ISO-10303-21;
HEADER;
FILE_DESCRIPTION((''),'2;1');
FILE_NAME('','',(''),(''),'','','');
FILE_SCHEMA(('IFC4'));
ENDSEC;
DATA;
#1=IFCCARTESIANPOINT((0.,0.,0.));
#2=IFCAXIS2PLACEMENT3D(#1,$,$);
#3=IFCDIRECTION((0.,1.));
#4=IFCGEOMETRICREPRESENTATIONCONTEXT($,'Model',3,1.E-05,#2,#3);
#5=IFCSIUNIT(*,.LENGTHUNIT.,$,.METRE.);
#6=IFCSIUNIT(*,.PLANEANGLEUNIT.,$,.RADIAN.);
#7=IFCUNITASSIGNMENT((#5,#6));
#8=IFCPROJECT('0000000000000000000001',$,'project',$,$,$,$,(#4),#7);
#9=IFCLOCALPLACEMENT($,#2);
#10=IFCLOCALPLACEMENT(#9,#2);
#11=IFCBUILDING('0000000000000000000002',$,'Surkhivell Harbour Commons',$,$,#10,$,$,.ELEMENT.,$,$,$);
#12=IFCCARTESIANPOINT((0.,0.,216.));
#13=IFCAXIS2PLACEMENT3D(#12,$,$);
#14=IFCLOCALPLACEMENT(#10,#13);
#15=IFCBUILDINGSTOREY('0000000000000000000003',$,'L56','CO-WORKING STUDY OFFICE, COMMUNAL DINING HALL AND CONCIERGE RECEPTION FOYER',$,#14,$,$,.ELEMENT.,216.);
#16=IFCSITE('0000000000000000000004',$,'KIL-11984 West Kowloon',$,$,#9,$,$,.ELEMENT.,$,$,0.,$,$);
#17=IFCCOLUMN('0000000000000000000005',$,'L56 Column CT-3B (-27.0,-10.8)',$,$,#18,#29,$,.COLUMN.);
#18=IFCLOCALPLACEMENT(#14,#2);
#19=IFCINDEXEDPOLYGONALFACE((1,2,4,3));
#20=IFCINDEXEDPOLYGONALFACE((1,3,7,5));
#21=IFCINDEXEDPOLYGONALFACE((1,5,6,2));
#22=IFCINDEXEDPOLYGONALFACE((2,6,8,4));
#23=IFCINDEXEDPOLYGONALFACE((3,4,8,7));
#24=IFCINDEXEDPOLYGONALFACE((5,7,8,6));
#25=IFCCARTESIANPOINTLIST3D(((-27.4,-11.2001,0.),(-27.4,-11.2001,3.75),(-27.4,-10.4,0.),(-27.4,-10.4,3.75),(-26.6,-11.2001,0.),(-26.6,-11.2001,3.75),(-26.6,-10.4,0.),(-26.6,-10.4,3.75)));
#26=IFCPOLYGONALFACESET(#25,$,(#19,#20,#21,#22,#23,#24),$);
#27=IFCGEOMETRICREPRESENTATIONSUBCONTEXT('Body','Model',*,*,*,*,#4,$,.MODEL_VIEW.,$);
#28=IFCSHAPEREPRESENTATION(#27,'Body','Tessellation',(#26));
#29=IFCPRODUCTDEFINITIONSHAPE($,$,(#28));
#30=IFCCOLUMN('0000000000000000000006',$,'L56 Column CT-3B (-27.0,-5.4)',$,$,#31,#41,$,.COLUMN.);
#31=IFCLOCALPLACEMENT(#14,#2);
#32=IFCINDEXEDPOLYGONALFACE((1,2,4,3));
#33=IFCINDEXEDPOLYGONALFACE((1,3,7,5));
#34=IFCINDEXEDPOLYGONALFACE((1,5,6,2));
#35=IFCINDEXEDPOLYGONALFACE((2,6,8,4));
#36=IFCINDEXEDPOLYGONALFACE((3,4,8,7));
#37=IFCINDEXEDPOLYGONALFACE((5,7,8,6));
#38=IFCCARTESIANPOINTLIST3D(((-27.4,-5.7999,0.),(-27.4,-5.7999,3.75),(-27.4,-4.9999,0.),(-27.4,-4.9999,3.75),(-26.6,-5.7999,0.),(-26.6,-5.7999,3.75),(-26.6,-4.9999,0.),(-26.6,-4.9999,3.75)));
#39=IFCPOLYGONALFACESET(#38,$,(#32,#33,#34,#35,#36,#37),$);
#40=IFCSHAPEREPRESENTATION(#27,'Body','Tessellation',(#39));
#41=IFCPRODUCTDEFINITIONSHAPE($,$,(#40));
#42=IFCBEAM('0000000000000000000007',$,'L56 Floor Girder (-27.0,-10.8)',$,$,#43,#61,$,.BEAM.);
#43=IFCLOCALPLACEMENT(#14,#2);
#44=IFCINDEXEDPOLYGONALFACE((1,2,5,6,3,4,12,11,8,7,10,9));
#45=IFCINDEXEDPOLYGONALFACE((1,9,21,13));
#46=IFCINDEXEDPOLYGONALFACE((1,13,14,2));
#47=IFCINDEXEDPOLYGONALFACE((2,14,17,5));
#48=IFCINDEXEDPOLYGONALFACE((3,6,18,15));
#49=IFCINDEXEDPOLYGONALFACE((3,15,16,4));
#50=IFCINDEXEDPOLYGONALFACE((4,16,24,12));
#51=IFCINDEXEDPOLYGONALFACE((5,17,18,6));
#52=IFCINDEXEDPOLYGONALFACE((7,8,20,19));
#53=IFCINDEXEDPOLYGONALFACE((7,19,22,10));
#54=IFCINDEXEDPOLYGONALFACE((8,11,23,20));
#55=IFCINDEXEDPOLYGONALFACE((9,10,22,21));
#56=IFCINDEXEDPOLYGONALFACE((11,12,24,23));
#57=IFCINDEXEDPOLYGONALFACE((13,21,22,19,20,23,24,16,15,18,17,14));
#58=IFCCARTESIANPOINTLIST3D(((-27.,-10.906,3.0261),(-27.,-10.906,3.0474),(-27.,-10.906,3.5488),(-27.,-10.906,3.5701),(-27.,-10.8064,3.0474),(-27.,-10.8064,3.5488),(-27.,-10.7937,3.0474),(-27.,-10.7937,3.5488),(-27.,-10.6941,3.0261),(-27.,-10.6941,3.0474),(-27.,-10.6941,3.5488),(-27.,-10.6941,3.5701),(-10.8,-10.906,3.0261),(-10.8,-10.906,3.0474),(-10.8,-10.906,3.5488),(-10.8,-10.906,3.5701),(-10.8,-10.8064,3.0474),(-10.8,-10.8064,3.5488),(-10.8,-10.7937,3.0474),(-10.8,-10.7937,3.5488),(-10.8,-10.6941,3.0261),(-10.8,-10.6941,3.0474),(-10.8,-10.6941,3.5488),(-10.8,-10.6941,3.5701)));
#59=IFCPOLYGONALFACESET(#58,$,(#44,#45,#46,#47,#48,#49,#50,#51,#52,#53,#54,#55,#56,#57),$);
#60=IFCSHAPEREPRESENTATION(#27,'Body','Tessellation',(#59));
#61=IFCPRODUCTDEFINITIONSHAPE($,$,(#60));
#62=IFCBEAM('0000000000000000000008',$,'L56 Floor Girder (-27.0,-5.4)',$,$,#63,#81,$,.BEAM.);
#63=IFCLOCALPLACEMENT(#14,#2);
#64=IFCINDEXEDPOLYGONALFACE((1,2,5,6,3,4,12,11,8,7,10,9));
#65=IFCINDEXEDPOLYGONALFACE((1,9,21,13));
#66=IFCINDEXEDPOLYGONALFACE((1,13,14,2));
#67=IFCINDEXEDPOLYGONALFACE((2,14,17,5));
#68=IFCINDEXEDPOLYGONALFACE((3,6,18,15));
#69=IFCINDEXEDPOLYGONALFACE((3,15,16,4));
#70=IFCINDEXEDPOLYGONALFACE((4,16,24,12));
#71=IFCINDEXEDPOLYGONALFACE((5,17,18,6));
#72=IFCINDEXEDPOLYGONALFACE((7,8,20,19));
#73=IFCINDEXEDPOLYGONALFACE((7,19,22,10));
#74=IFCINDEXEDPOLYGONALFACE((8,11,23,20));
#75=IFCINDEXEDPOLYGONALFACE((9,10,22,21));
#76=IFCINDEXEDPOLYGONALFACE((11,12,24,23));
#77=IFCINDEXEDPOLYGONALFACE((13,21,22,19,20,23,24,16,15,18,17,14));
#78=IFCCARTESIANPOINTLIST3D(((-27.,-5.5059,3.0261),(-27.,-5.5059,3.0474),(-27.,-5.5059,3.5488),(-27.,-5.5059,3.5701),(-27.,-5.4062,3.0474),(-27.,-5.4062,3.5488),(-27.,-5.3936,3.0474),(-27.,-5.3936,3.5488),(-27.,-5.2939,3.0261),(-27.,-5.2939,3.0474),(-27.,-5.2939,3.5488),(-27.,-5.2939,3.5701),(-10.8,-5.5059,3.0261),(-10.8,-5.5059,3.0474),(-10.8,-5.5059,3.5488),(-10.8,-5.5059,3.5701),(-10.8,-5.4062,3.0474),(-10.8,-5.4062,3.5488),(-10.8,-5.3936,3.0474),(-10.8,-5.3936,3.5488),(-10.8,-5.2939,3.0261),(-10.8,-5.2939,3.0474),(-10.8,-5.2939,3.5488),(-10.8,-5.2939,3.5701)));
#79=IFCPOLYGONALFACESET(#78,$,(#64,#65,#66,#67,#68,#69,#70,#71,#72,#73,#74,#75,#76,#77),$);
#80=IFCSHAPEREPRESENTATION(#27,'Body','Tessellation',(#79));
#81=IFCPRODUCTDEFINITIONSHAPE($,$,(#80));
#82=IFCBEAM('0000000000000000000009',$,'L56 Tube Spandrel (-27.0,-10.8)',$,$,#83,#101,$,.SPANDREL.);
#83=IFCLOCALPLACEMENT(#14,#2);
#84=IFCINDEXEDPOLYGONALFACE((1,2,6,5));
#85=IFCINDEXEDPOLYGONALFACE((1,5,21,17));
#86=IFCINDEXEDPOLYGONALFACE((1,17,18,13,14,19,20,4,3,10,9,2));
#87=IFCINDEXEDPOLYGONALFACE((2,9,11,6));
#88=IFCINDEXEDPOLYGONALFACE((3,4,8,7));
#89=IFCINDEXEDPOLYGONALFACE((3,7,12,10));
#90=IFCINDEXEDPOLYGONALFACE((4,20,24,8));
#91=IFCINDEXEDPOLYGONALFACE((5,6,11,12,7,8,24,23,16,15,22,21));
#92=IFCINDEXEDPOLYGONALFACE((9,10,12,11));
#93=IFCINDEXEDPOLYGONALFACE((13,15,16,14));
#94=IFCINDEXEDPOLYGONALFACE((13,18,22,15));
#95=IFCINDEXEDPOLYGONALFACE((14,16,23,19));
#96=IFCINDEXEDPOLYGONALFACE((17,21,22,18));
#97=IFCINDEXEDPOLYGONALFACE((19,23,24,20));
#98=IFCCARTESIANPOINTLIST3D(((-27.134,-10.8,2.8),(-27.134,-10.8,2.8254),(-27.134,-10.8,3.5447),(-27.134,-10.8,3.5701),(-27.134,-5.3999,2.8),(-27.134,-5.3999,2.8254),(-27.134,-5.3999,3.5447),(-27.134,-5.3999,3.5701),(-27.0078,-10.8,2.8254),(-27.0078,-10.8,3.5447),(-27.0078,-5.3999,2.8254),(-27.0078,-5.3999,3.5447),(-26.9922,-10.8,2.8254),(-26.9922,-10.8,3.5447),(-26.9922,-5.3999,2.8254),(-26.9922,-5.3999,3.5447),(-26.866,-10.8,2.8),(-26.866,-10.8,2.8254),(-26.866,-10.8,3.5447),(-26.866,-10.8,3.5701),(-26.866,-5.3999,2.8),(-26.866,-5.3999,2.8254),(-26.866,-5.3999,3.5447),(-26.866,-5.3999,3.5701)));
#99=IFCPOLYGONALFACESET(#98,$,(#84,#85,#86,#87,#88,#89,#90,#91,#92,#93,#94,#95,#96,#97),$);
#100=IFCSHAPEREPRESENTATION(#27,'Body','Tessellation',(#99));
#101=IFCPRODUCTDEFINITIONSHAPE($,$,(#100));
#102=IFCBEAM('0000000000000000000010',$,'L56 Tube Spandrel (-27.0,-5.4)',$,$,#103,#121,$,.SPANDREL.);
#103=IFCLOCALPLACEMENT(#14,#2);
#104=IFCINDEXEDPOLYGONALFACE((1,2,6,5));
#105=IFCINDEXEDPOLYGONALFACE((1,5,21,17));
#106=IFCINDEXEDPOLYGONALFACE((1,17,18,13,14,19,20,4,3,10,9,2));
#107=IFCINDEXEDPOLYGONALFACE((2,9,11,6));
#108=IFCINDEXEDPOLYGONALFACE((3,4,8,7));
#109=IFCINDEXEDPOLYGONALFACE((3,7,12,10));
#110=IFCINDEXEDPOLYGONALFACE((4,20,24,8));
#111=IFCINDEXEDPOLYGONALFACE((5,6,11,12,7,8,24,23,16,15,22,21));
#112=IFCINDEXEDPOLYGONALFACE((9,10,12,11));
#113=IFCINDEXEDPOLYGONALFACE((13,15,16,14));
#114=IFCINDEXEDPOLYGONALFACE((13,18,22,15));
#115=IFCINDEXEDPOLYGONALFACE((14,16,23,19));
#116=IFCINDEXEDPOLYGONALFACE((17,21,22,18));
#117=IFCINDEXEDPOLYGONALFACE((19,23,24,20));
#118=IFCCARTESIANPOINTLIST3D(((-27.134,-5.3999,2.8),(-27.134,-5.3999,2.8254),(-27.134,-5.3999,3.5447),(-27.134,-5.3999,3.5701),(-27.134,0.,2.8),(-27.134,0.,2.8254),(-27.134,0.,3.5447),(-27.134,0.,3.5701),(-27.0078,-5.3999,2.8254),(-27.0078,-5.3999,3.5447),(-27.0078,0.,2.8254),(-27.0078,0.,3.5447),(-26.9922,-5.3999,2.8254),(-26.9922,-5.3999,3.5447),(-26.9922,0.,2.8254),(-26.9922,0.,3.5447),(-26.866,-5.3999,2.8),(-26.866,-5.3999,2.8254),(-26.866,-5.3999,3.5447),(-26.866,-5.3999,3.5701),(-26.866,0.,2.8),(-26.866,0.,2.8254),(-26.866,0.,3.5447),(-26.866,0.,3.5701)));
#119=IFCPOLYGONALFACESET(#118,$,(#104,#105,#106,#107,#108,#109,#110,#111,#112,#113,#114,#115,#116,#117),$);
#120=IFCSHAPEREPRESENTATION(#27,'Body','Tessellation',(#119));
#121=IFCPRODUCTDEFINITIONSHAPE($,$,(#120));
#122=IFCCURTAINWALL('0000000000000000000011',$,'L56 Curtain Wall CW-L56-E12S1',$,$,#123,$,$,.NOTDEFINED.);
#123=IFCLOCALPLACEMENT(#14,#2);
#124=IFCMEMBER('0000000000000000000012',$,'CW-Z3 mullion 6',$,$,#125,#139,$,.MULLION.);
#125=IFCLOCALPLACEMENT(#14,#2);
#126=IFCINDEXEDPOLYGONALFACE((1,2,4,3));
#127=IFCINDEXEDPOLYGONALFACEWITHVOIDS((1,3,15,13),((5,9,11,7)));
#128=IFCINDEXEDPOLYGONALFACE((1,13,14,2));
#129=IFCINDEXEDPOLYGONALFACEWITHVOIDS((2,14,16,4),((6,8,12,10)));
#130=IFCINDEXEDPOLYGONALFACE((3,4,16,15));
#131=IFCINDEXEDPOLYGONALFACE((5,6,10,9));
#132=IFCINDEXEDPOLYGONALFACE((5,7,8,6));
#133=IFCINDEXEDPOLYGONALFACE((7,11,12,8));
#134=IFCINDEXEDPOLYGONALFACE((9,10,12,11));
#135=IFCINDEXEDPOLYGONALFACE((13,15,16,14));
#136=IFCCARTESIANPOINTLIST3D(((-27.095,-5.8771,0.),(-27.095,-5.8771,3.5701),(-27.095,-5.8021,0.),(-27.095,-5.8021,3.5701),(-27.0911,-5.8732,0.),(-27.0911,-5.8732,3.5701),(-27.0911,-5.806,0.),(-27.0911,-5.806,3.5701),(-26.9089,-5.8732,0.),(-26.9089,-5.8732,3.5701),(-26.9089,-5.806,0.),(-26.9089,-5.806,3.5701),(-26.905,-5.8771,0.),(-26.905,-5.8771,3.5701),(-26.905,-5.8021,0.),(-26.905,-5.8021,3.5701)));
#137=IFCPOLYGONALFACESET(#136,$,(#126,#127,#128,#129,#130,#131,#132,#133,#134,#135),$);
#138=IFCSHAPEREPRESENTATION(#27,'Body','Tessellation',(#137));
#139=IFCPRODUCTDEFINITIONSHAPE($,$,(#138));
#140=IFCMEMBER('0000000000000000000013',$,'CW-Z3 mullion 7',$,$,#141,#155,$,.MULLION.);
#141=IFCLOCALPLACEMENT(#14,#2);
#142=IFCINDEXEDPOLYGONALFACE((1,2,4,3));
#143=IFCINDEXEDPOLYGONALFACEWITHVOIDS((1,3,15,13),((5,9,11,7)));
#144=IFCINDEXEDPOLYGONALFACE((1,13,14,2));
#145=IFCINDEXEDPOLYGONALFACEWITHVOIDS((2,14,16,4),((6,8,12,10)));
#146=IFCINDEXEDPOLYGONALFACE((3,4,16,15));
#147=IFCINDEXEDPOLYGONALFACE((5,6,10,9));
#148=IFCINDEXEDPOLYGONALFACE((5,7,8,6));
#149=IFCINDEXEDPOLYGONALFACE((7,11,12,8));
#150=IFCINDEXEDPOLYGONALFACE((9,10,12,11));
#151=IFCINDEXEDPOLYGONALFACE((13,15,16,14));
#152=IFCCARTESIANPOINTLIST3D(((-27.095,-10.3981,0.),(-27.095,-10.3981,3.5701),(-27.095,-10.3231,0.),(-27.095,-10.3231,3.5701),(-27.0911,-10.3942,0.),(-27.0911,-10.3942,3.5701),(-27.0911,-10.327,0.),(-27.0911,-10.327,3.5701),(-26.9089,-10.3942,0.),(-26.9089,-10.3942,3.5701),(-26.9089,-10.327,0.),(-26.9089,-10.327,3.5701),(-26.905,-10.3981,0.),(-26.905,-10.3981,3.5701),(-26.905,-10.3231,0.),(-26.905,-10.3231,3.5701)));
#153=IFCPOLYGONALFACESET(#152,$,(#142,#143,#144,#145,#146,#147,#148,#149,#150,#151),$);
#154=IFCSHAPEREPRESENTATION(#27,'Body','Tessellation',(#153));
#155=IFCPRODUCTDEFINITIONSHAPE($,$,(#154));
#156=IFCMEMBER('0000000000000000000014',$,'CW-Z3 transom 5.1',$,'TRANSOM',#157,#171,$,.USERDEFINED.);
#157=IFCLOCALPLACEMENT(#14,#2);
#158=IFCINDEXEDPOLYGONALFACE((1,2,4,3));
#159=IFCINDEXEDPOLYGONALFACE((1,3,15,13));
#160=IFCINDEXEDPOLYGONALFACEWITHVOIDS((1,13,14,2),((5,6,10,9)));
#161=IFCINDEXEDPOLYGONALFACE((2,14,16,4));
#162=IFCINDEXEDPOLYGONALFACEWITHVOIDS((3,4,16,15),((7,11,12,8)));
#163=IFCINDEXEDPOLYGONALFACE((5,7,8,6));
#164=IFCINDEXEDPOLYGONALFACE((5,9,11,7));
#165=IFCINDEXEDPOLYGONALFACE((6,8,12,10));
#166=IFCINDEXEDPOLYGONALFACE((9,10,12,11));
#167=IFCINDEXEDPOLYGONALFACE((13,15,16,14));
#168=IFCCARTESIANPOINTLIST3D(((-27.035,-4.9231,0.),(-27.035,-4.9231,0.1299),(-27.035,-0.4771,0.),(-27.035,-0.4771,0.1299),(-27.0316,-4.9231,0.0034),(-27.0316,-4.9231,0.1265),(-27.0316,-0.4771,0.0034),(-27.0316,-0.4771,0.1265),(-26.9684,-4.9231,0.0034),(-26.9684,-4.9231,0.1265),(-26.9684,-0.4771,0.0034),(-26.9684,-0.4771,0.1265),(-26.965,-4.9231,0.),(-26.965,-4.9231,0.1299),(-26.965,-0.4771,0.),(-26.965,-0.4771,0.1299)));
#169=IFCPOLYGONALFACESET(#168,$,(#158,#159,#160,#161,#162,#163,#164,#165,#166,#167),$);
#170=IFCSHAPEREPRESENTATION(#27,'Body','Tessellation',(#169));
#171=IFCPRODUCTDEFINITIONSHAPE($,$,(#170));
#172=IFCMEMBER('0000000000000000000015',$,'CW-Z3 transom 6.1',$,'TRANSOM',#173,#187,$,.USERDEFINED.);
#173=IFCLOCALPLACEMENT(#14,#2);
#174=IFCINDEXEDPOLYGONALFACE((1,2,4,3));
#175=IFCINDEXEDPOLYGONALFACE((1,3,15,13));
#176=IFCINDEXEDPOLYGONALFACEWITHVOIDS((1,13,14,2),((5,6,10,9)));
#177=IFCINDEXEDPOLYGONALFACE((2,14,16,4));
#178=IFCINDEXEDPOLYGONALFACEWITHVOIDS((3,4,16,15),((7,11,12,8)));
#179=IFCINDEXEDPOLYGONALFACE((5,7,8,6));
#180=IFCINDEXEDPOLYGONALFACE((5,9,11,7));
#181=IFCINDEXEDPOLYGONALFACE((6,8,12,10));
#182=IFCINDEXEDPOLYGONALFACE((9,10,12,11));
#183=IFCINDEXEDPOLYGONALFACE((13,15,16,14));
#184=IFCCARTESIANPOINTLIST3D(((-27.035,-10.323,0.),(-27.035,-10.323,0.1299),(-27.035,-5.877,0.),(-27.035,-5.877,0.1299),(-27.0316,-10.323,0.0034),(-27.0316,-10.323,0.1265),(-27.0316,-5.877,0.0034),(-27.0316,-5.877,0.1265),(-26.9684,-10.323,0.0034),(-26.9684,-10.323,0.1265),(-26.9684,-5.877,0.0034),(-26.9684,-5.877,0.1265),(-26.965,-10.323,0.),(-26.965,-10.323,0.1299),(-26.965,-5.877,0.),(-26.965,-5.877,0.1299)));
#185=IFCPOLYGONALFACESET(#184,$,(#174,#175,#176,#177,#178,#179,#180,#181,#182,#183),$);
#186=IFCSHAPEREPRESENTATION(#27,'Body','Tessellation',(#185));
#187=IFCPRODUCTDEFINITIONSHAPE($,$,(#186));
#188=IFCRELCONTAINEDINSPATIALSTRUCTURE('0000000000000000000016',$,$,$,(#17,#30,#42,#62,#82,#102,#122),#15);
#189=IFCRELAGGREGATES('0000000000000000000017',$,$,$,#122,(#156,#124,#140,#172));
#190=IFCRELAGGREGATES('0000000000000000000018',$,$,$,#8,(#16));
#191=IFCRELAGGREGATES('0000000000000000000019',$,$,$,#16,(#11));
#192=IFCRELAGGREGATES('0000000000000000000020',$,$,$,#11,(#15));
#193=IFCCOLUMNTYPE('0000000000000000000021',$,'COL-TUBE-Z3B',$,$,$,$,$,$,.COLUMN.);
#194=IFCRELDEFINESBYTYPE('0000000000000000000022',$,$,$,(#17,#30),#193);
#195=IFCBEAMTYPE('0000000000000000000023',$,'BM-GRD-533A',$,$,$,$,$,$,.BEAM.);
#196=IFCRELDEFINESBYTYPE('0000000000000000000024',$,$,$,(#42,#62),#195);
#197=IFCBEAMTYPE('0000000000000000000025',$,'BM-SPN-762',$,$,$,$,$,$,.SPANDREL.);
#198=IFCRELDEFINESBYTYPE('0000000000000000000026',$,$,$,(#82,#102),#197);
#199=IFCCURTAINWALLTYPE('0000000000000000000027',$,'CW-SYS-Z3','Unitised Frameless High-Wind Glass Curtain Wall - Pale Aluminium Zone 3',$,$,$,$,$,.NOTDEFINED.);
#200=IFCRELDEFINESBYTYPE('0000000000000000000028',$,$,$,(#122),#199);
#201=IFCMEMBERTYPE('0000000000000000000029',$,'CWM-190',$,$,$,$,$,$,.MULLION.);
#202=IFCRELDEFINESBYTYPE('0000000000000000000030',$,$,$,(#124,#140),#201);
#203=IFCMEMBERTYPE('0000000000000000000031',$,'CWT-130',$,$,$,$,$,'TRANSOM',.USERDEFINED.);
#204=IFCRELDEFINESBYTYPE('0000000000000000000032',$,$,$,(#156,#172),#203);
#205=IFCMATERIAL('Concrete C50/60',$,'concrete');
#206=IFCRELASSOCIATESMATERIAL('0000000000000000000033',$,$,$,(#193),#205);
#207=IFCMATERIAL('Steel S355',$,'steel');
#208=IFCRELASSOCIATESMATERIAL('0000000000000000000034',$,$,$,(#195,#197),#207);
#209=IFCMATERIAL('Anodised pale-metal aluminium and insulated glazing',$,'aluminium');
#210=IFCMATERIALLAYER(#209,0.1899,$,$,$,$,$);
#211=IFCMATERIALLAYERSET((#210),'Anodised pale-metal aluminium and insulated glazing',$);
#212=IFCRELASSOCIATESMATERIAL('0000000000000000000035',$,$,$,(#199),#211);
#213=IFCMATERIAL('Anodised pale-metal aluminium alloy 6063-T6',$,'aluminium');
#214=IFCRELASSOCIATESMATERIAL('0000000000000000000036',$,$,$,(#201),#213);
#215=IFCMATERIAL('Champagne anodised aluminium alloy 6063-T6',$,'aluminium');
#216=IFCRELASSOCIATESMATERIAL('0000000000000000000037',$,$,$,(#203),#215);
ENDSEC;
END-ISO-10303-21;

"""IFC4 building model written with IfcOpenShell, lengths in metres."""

from ifc_helpers import new_model, si_unit, direction, frame, origin, origin_2d, place, context, subcontext, project, spatial, rectangle, hollow_rectangle, i_section, extrude, material, layer, layer_set, material_profile, profile_set, type_object, element, aggregate, save


model = new_model("IFC4")

# Units and contexts
model_context = context("Model", 3, precision=1e-05, world=origin(), true_north=direction((0.0, 1.0)))
body_context = subcontext(model_context, "Body", "Model", "MODEL_VIEW")
ifc_project = project(units=[si_unit("LENGTHUNIT", "METRE"), si_unit("PLANEANGLEUNIT", "RADIAN")], contexts=[model_context])

# Site, building, storey
site_placement = place(None, origin())
site = spatial("IfcSite", under=ifc_project, at=site_placement, Name="KIL-11984 West Kowloon", CompositionType="ELEMENT", RefElevation=0.0)
building_placement = place(site_placement, origin())
building = spatial("IfcBuilding", under=site, at=building_placement, Name="Surkhivell Harbour Commons", CompositionType="ELEMENT")
storey_placement = place(building_placement, frame((0.0, 0.0, 216.0)))
storey = spatial("IfcBuildingStorey", under=building, at=storey_placement, Name="L56", Description="CO-WORKING STUDY OFFICE, COMMUNAL DINING HALL AND CONCIERGE RECEPTION FOYER", CompositionType="ELEMENT", Elevation=216.0)

# Columns
ifc_material_1 = material(Name="Concrete C50/60", Category="concrete")
ifc_material_profile_1 = material_profile(ifc_material_1, rectangle(XDim=0.8, YDim=0.8, at=origin_2d()), Name="RC-COL-800x800")
ifc_profile_set_1 = profile_set([ifc_material_profile_1], Name="Concrete C50/60")
column_type = type_object("IfcColumnType", Name="COL-TUBE-Z3B", PredefinedType="COLUMN", material=ifc_profile_set_1)
for number, where, z_axis, x_axis, name in (
    (1, (-27.0, -10.8, 0.0), (0.0, 0.0, 1.0), (1.0, 0.0, 0.0), "L56 Column CT-3B (-27.0,-10.8)"),
    (2, (-27.0, -5.3999, 0.0), (0.0, 0.0, 1.0), (1.0, 0.0, 0.0), "L56 Column CT-3B (-27.0,-5.4)"),
):
    element("IfcColumn", number, at=place(storey_placement, frame(where, z_axis=z_axis, x_axis=x_axis)), inside=storey, type_object=column_type, Name=name, PredefinedType="COLUMN", context=body_context, shape_type="SweptSolid", body=[
        extrude(rectangle(XDim=0.8, YDim=0.8, at=origin_2d()), origin(), (0.0, 0.0, 1.0), 3.75),
    ])

# Beams
ifc_material_2 = material(Name="Steel S355", Category="steel")
ifc_material_profile_2 = material_profile(ifc_material_2, i_section(OverallWidth=0.2119, OverallDepth=0.5439, WebThickness=0.0127, FlangeThickness=0.0212, at=origin_2d()), Name="UB533x210x122")
ifc_profile_set_2 = profile_set([ifc_material_profile_2], Name="Steel S355")
beam_type_1 = type_object("IfcBeamType", Name="BM-GRD-533A", PredefinedType="BEAM", material=ifc_profile_set_2)
for number, where, z_axis, x_axis, name in (
    (3, (-27.0, -10.8, 3.2981), (1.0, 0.0, 0.0), (0.0, 1.0, 0.0), "L56 Floor Girder (-27.0,-10.8)"),
    (4, (-27.0, -5.3999, 3.2981), (1.0, 0.0, 0.0), (0.0, 1.0, 0.0), "L56 Floor Girder (-27.0,-5.4)"),
):
    element("IfcBeam", number, at=place(storey_placement, frame(where, z_axis=z_axis, x_axis=x_axis)), inside=storey, type_object=beam_type_1, Name=name, PredefinedType="BEAM", context=body_context, shape_type="SweptSolid", body=[
        extrude(i_section(OverallWidth=0.2119, OverallDepth=0.5439, WebThickness=0.0127, FlangeThickness=0.0212, at=origin_2d()), origin(), (0.0, 0.0, 1.0), 16.2),
    ])
ifc_material_profile_3 = material_profile(ifc_material_2, i_section(OverallWidth=0.2681, OverallDepth=0.77, WebThickness=0.0156, FlangeThickness=0.0254, at=origin_2d()), Name="UB762x267x197")
ifc_profile_set_3 = profile_set([ifc_material_profile_3], Name="Steel S355")
beam_type_2 = type_object("IfcBeamType", Name="BM-SPN-762", PredefinedType="SPANDREL", material=ifc_profile_set_3)
beam_1_placement = place(storey_placement, frame((-27.0, -10.8, 3.1851), z_axis=(0.0, 1.0, 0.0), x_axis=(-1.0, 0.0, 0.0)))
element("IfcBeam", 5, at=beam_1_placement, inside=storey, type_object=beam_type_2, Name="L56 Tube Spandrel (-27.0,-10.8)", PredefinedType="SPANDREL", context=body_context, shape_type="SweptSolid", body=[
    extrude(i_section(OverallWidth=0.2681, OverallDepth=0.77, WebThickness=0.0156, FlangeThickness=0.0254, at=origin_2d()), origin(), (0.0, 0.0, 1.0), 5.4001),
])
beam_2_placement = place(storey_placement, frame((-27.0, -5.3999, 3.1851), z_axis=(0.0, 1.0, 0.0), x_axis=(-1.0, 0.0, 0.0)))
element("IfcBeam", 6, at=beam_2_placement, inside=storey, type_object=beam_type_2, Name="L56 Tube Spandrel (-27.0,-5.4)", PredefinedType="SPANDREL", context=body_context, shape_type="SweptSolid", body=[
    extrude(i_section(OverallWidth=0.2681, OverallDepth=0.77, WebThickness=0.0156, FlangeThickness=0.0254, at=origin_2d()), origin(), (0.0, 0.0, 1.0), 5.3999),
])

# Curtain wall, members
ifc_material_3 = material(Name="Anodised pale-metal aluminium and insulated glazing", Category="aluminium")
ifc_layer_1 = layer(ifc_material_3, 0.1899)
ifc_layer_set_1 = layer_set([ifc_layer_1], Name="Anodised pale-metal aluminium and insulated glazing")
curtain_wall_type = type_object("IfcCurtainWallType", Name="CW-SYS-Z3", Description="Unitised Frameless High-Wind Glass Curtain Wall - Pale Aluminium Zone 3", PredefinedType="NOTDEFINED", material=ifc_layer_set_1)
curtain_wall_placement = place(storey_placement, origin())
curtain_wall = element("IfcCurtainWall", 7, at=curtain_wall_placement, inside=storey, type_object=curtain_wall_type, Name="L56 Curtain Wall CW-L56-E12S1", PredefinedType="NOTDEFINED")
ifc_material_4 = material(Name="Anodised pale-metal aluminium alloy 6063-T6", Category="aluminium")
ifc_material_profile_4 = material_profile(ifc_material_4, hollow_rectangle(XDim=0.075, YDim=0.1899, WallThickness=0.0039, at=origin_2d()), Name="ALU-MULL-75x190")
ifc_profile_set_4 = profile_set([ifc_material_profile_4], Name="Anodised pale-metal aluminium alloy 6063-T6")
member_type_1 = type_object("IfcMemberType", Name="CWM-190", PredefinedType="MULLION", material=ifc_profile_set_4)
member_1_placement = place(storey_placement, frame((-27.0, -5.8396, 0.0), z_axis=(0.0, 0.0, 1.0), x_axis=(0.0, -1.0, 0.0)))
member_1 = element("IfcMember", 8, at=member_1_placement, type_object=member_type_1, Name="CW-Z3 mullion 6", PredefinedType="MULLION", context=body_context, shape_type="SweptSolid", body=[
    extrude(hollow_rectangle(XDim=0.075, YDim=0.1899, WallThickness=0.0039, at=origin_2d()), origin(), (0.0, 0.0, 1.0), 3.5701),
])
member_2_placement = place(storey_placement, frame((-27.0, -10.3606, 0.0), z_axis=(0.0, 0.0, 1.0), x_axis=(0.0, -1.0, 0.0)))
member_2 = element("IfcMember", 9, at=member_2_placement, type_object=member_type_1, Name="CW-Z3 mullion 7", PredefinedType="MULLION", context=body_context, shape_type="SweptSolid", body=[
    extrude(hollow_rectangle(XDim=0.075, YDim=0.1899, WallThickness=0.0039, at=origin_2d()), origin(), (0.0, 0.0, 1.0), 3.5701),
])
ifc_material_5 = material(Name="Champagne anodised aluminium alloy 6063-T6", Category="aluminium")
ifc_material_profile_5 = material_profile(ifc_material_5, hollow_rectangle(XDim=0.0701, YDim=0.1299, WallThickness=0.0034, at=origin_2d()), Name="ALU-TRAN-70x130")
ifc_profile_set_5 = profile_set([ifc_material_profile_5], Name="Champagne anodised aluminium alloy 6063-T6")
member_type_2 = type_object("IfcMemberType", Name="CWT-130", ElementType="TRANSOM", PredefinedType="USERDEFINED", material=ifc_profile_set_5)
member_3_placement = place(storey_placement, frame((-27.0, -0.4771, 0.0649), z_axis=(0.0, -1.0, 0.0), x_axis=(1.0, 0.0, 0.0)))
member_3 = element("IfcMember", 10, at=member_3_placement, type_object=member_type_2, Name="CW-Z3 transom 5.1", ObjectType="TRANSOM", PredefinedType="USERDEFINED", context=body_context, shape_type="SweptSolid", body=[
    extrude(hollow_rectangle(XDim=0.0701, YDim=0.1299, WallThickness=0.0034, at=origin_2d()), origin(), (0.0, 0.0, 1.0), 4.446),
])
member_4_placement = place(storey_placement, frame((-27.0, -5.877, 0.0649), z_axis=(0.0, -1.0, 0.0), x_axis=(1.0, 0.0, 0.0)))
member_4 = element("IfcMember", 11, at=member_4_placement, type_object=member_type_2, Name="CW-Z3 transom 6.1", ObjectType="TRANSOM", PredefinedType="USERDEFINED", context=body_context, shape_type="SweptSolid", body=[
    extrude(hollow_rectangle(XDim=0.0701, YDim=0.1299, WallThickness=0.0034, at=origin_2d()), origin(), (0.0, 0.0, 1.0), 4.446),
])

aggregate(curtain_wall, [member_3, member_1, member_2, member_4])

save(model, "model.ifc")
